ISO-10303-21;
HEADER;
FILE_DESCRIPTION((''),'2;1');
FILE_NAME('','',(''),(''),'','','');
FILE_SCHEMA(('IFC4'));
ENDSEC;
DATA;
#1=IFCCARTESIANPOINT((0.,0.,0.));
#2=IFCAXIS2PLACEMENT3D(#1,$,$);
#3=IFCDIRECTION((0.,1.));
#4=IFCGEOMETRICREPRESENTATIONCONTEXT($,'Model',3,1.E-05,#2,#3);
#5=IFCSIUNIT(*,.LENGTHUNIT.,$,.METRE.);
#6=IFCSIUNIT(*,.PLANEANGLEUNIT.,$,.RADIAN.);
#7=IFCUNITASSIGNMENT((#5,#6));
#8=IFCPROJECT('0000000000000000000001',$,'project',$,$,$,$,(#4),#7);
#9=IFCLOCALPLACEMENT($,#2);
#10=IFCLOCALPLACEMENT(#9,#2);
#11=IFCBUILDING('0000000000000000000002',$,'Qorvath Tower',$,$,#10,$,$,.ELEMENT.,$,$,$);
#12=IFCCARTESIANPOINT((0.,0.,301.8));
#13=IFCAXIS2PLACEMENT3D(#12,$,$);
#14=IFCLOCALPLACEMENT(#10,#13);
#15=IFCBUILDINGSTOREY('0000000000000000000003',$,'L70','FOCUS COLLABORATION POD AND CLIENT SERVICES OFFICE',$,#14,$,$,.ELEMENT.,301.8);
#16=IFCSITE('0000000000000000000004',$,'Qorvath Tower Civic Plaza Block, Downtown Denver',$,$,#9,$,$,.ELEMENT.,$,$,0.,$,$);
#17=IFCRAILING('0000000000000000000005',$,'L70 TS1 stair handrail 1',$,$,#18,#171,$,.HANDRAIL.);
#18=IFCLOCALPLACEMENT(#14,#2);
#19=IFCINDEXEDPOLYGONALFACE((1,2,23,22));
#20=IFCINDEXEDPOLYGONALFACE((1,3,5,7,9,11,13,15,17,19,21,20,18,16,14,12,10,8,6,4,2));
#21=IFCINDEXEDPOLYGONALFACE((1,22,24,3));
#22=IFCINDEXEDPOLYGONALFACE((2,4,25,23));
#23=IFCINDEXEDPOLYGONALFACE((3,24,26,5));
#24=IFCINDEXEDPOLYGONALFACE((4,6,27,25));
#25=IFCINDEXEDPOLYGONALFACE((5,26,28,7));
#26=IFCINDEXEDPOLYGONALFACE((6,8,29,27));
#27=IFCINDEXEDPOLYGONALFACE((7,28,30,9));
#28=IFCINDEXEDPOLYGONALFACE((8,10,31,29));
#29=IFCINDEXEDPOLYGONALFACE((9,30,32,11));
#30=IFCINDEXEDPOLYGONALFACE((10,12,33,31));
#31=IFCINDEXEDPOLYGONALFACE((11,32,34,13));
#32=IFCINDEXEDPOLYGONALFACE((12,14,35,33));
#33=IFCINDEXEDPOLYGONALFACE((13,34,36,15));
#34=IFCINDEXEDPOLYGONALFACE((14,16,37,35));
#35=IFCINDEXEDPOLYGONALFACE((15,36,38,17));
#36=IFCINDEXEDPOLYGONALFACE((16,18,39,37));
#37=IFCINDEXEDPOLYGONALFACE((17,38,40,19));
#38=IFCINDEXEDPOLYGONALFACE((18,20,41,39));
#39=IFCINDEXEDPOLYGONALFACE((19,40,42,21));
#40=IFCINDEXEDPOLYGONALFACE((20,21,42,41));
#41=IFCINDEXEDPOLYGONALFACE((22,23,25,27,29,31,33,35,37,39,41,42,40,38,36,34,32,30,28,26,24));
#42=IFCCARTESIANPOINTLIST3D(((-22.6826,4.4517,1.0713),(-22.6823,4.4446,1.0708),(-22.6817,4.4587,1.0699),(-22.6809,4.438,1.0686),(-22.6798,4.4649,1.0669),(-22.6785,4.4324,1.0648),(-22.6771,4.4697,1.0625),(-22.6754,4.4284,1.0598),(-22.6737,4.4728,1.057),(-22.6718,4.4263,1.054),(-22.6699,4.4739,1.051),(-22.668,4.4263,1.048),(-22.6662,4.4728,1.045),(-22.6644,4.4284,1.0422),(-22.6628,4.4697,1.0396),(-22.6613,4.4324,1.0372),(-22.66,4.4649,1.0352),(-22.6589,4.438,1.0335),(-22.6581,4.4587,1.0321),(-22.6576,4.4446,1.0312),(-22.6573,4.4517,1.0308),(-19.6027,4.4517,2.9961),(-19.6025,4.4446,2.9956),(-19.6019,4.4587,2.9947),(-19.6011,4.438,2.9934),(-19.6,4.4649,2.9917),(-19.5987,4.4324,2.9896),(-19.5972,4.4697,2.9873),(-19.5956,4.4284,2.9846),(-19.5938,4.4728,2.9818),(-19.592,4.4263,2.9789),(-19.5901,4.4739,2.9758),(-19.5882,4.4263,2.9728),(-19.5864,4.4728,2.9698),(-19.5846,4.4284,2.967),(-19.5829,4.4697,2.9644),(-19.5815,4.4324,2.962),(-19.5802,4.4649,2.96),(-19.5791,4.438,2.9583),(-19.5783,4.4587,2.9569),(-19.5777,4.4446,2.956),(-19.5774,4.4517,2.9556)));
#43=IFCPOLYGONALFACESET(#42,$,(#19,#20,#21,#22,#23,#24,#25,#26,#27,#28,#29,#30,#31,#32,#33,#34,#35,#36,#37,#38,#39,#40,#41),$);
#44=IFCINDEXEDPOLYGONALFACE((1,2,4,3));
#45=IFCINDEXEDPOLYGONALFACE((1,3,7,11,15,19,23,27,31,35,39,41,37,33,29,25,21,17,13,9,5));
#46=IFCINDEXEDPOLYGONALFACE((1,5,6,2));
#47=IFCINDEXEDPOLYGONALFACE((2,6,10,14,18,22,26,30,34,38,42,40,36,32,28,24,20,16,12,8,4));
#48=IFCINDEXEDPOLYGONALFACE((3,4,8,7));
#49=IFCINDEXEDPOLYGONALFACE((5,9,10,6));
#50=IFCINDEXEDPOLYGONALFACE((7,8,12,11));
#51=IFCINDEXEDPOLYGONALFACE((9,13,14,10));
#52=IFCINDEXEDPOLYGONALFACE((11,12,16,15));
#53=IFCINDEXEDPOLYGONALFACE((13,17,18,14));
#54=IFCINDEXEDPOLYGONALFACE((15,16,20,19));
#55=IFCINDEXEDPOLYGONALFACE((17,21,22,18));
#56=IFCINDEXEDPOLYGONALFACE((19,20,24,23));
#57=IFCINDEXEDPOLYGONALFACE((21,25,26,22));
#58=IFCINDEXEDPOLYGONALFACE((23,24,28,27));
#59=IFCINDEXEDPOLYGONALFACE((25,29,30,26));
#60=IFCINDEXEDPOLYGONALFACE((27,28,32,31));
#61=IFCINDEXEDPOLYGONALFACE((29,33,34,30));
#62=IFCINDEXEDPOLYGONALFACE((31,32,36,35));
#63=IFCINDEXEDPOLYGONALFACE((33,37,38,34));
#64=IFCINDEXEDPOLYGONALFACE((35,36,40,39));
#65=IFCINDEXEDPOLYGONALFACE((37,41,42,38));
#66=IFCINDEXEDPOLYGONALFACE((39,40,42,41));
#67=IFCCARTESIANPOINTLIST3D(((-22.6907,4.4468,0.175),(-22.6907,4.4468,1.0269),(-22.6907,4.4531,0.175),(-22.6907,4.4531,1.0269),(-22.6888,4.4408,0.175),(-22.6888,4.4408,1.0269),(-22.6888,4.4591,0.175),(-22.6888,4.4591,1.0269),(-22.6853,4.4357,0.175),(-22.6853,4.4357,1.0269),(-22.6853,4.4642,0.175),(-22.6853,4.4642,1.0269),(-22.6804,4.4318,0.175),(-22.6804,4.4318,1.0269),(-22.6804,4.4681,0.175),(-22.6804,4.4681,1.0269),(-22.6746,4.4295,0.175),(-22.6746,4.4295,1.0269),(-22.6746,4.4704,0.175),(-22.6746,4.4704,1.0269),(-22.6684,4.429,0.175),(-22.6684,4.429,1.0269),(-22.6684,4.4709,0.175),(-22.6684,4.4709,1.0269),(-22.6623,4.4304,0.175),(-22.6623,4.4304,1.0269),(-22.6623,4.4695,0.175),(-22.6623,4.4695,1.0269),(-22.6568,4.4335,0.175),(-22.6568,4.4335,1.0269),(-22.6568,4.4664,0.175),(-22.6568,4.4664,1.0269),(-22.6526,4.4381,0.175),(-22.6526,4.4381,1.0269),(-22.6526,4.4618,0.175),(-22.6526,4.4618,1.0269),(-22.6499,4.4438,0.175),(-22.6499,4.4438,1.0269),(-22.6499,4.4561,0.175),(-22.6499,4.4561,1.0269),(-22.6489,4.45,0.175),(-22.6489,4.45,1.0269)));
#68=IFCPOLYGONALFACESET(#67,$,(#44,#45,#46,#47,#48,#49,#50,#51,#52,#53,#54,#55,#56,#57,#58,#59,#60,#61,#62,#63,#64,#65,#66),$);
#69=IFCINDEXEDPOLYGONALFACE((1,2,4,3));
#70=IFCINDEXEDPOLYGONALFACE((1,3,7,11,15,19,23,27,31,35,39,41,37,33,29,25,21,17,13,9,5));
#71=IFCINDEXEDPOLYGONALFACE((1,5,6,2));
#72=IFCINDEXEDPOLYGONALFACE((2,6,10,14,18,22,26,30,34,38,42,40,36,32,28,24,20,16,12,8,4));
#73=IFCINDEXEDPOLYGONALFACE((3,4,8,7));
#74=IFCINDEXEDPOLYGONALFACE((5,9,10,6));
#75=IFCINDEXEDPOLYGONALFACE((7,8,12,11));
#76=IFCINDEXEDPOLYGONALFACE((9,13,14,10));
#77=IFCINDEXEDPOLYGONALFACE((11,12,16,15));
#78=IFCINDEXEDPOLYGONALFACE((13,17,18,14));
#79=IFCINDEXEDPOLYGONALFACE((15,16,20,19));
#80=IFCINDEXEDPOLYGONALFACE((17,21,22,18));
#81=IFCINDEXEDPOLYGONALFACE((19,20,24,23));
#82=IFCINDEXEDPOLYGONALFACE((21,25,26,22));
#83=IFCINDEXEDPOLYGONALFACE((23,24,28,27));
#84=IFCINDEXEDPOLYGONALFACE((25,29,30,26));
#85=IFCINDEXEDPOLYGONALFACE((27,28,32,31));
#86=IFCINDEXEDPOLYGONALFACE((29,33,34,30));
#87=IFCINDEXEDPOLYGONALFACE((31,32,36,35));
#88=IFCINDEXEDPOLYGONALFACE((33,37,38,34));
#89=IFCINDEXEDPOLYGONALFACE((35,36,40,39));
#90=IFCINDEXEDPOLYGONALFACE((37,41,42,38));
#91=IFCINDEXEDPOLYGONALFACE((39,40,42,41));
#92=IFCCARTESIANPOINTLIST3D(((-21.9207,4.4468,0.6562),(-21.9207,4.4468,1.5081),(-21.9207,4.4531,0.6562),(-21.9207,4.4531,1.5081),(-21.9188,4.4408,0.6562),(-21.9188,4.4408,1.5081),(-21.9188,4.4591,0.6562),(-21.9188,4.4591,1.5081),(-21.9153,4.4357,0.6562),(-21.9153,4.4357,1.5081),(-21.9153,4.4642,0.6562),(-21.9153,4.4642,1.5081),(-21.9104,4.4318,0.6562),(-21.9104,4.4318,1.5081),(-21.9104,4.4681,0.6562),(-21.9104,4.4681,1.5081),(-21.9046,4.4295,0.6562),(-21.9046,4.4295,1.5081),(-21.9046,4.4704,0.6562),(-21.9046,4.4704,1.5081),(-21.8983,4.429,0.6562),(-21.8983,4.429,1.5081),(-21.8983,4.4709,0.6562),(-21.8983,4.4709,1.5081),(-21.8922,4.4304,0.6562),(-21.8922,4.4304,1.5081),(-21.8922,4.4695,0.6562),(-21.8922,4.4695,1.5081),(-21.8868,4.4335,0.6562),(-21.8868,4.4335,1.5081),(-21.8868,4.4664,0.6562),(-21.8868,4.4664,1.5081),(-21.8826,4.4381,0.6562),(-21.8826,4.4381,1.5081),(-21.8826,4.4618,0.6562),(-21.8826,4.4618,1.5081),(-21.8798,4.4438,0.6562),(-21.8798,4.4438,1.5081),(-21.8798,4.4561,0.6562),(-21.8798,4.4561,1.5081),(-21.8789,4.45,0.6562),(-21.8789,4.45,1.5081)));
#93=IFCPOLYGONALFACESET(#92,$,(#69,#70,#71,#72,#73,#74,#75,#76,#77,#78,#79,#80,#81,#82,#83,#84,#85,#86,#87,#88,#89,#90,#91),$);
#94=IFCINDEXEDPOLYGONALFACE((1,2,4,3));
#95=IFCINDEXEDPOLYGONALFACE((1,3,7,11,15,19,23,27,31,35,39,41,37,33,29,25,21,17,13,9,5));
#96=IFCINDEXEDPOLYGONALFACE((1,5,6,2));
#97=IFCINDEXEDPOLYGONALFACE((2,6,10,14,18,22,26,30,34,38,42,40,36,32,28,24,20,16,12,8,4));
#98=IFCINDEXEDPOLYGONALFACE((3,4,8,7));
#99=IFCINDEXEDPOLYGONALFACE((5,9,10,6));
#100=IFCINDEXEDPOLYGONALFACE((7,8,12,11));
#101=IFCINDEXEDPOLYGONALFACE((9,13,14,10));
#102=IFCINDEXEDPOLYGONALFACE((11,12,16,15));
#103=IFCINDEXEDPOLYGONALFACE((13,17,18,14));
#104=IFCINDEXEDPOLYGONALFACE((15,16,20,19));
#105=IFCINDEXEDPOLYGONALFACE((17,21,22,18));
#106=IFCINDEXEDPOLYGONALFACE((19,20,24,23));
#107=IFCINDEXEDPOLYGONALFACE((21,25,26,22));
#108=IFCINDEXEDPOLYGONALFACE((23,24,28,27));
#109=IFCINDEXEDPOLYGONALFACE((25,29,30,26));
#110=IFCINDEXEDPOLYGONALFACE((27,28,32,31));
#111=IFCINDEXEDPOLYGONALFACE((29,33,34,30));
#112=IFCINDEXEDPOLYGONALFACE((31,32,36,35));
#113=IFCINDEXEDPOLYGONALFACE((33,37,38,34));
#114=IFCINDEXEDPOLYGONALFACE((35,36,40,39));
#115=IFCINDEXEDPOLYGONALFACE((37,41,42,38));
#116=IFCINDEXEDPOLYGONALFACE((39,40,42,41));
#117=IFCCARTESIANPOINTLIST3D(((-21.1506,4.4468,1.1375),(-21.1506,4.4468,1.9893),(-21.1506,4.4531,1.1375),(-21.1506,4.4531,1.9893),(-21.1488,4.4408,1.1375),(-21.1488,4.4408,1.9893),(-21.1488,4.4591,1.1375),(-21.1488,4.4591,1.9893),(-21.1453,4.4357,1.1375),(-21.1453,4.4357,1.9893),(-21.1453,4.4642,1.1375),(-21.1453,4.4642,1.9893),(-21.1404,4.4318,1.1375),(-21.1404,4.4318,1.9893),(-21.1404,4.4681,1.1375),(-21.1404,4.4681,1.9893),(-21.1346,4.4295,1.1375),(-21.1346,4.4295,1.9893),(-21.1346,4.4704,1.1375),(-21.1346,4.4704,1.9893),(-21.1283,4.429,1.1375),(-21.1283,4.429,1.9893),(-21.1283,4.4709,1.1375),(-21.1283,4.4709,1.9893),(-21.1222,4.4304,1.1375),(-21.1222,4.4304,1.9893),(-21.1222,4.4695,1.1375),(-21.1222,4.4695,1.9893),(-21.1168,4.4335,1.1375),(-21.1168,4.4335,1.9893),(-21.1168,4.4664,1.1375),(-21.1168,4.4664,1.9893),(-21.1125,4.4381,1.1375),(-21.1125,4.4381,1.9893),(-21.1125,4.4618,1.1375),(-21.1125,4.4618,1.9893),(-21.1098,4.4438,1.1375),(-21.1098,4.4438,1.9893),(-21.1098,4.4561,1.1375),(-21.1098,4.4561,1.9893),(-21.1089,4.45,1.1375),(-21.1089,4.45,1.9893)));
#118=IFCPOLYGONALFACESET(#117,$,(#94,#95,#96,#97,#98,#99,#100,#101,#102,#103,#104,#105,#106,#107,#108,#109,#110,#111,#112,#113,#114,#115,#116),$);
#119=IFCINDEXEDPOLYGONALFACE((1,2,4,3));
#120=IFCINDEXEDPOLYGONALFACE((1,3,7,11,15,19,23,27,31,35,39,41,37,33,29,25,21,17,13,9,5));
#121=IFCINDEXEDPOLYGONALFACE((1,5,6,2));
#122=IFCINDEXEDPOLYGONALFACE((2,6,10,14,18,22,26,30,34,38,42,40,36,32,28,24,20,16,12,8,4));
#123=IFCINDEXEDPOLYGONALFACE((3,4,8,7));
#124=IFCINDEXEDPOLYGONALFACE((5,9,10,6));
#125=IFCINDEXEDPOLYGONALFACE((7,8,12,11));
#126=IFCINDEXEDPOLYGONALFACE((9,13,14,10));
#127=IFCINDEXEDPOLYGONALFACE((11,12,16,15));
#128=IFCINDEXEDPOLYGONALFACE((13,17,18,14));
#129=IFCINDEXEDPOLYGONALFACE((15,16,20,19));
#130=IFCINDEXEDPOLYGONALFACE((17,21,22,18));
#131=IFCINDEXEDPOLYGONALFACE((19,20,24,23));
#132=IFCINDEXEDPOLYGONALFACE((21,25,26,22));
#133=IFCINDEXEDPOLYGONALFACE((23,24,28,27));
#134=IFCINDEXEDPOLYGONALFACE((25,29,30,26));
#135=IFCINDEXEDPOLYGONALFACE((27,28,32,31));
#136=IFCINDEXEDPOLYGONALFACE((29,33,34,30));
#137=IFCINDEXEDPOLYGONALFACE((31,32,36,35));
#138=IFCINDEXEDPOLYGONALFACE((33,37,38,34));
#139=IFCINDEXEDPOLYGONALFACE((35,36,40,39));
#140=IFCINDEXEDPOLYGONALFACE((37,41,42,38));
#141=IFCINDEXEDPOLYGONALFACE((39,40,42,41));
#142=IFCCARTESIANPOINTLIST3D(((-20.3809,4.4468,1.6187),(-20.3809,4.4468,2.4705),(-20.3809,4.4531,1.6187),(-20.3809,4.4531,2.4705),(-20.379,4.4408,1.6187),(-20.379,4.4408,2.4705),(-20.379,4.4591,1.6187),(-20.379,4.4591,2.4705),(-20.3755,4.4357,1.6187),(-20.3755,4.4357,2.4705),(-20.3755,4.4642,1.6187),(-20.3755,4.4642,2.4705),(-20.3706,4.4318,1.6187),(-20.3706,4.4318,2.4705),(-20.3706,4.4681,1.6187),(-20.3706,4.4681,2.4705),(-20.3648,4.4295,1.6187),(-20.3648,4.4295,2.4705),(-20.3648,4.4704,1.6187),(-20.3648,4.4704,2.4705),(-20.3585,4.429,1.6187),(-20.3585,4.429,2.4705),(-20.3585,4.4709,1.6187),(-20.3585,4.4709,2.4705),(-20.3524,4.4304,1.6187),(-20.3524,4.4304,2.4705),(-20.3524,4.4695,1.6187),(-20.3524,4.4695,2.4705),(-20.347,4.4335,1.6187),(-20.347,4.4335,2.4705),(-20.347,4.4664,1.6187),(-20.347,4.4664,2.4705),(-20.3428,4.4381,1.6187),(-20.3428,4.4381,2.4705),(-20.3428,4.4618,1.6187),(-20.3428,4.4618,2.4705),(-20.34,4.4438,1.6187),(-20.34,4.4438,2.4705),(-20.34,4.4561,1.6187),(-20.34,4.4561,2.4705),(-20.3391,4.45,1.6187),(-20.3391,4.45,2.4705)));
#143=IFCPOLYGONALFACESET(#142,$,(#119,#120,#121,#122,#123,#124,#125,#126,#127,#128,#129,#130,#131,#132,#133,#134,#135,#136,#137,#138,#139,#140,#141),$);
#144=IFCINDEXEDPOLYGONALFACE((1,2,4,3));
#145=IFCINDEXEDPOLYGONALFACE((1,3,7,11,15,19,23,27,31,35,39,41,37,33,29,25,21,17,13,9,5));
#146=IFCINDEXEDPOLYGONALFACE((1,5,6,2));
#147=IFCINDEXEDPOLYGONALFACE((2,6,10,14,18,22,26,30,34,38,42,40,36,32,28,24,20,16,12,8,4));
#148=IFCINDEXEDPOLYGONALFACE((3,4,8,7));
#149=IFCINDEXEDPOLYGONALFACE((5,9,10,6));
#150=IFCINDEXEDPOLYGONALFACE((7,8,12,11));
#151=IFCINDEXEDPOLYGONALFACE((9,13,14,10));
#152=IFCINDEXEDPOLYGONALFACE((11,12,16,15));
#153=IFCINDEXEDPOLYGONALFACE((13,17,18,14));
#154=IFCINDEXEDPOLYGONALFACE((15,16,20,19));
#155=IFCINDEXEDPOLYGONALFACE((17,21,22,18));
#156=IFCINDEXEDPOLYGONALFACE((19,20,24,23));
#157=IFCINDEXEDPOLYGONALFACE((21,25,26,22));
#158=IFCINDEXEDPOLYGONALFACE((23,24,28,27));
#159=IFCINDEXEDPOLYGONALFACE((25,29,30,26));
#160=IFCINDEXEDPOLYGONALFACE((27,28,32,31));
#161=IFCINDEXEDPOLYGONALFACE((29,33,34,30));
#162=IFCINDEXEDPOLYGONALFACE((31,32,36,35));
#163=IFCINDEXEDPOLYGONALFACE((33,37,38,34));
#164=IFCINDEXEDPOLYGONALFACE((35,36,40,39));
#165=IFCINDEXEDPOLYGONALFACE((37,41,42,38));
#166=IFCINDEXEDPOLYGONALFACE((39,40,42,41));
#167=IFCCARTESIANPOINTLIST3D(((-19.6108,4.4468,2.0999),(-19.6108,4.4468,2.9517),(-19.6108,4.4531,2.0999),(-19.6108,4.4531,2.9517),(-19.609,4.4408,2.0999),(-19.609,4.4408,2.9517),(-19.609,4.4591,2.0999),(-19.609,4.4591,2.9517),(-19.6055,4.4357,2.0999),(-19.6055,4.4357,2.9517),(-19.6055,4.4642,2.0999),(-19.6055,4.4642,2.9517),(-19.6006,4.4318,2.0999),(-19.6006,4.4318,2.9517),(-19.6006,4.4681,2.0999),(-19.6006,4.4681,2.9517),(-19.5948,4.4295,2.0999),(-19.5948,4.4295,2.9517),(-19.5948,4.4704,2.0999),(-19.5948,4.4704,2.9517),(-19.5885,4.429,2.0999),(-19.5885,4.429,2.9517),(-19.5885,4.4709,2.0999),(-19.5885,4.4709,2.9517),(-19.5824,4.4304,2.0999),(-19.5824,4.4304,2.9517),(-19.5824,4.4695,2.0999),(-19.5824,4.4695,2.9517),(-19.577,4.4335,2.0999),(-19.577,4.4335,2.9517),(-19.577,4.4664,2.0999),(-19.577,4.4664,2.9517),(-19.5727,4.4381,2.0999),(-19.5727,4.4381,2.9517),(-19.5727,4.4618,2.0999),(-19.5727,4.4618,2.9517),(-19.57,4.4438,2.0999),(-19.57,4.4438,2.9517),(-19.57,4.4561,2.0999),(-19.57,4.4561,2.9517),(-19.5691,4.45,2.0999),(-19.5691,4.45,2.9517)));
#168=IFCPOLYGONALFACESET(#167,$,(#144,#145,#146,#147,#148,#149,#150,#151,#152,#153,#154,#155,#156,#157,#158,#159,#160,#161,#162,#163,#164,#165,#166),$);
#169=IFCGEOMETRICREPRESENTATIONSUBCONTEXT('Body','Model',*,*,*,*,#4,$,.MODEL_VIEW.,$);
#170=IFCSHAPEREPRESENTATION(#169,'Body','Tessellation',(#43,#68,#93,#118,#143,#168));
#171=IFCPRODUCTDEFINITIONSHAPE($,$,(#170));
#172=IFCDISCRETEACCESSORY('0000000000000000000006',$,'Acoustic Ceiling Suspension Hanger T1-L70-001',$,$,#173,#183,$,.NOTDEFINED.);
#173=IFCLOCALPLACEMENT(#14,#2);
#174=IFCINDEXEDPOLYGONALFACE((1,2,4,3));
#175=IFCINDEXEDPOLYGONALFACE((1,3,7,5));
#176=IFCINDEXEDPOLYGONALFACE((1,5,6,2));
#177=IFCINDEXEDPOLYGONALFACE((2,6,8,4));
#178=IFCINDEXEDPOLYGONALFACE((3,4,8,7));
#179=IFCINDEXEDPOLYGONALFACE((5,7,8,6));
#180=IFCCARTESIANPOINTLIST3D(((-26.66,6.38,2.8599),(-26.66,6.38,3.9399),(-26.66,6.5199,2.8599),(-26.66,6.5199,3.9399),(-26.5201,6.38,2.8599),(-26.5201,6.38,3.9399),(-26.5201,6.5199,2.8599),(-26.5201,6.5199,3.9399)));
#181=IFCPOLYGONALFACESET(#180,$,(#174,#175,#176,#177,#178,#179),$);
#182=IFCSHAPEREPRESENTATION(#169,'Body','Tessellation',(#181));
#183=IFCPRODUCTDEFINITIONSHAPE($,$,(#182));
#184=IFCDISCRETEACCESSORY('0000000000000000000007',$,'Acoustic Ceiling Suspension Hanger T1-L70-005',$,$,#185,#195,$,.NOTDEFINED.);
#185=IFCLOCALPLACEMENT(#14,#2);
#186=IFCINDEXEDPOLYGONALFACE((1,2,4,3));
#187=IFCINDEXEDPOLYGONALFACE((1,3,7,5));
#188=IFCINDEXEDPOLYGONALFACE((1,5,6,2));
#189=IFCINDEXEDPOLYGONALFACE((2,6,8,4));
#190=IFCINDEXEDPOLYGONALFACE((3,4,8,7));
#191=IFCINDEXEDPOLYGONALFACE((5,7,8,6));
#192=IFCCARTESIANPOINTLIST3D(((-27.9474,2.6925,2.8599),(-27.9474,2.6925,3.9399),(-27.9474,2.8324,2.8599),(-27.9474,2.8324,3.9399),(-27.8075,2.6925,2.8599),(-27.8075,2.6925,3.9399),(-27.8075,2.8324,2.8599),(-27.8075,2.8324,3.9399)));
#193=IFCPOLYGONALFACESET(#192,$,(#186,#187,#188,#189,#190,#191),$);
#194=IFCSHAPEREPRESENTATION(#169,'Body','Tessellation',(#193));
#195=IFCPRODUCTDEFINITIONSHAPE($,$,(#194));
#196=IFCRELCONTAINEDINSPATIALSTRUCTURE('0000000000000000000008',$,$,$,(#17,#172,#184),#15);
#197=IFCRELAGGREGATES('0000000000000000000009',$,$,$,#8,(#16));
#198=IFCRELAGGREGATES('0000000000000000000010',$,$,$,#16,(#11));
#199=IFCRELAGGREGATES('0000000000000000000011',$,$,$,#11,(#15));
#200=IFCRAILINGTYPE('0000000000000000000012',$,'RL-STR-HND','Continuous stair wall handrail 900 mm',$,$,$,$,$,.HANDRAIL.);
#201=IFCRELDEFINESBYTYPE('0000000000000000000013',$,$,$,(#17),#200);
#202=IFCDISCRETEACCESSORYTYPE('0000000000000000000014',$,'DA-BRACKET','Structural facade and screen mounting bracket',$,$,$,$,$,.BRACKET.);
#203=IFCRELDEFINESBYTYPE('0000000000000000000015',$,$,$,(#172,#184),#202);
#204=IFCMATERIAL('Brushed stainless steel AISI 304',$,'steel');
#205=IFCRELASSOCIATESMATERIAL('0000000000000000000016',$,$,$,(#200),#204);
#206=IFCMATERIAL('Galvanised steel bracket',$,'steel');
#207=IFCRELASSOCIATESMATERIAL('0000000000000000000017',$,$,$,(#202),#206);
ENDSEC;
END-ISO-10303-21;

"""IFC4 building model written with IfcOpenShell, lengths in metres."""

from ifc_helpers import new_model, si_unit, direction, frame, origin, origin_2d, place, context, subcontext, project, spatial, rectangle, circle, extrude, material, type_object, element, save


model = new_model("IFC4")

# Units and contexts
model_context = context("Model", 3, precision=1e-05, world=origin(), true_north=direction((0.0, 1.0)))
body_context = subcontext(model_context, "Body", "Model", "MODEL_VIEW")
ifc_project = project(units=[si_unit("LENGTHUNIT", "METRE"), si_unit("PLANEANGLEUNIT", "RADIAN")], contexts=[model_context])

# Site, building, storey
site_placement = place(None, origin())
site = spatial("IfcSite", under=ifc_project, at=site_placement, Name="Qorvath Tower Civic Plaza Block, Downtown Denver", CompositionType="ELEMENT", RefElevation=0.0)
building_placement = place(site_placement, origin())
building = spatial("IfcBuilding", under=site, at=building_placement, Name="Qorvath Tower", CompositionType="ELEMENT")
storey_placement = place(building_placement, frame((0.0, 0.0, 301.8)))
storey = spatial("IfcBuildingStorey", under=building, at=storey_placement, Name="L70", Description="FOCUS COLLABORATION POD AND CLIENT SERVICES OFFICE", CompositionType="ELEMENT", Elevation=301.8)

# Railing
ifc_material_1 = material(Name="Brushed stainless steel AISI 304", Category="steel")
railing_type_1 = type_object("IfcRailingType", Name="RL-STR-HND", Description="Continuous stair wall handrail 900 mm", PredefinedType="HANDRAIL", material=ifc_material_1)
railing_1_placement = place(storey_placement, frame((-22.6699, 4.45, 0.175)))
element("IfcRailing", 1, at=railing_1_placement, inside=storey, type_object=railing_type_1, Name="L70 TS1 stair handrail 1", PredefinedType="HANDRAIL", context=body_context, shape_type="SweptSolid", body=[
    extrude(circle(Radius=0.0239, at=origin_2d()), frame((0.0, 0.0, 0.876), z_axis=(0.84801, 0.0, 0.529981), x_axis=(0.0, 1.0, 0.0)), (0.0, 0.0, 1.0), 3.6318),
    extrude(circle(Radius=0.021, at=origin_2d()), origin(), (0.0, 0.0, 1.0), 0.8518),
    extrude(circle(Radius=0.021, at=origin_2d()), frame((0.77, 0.0, 0.4812)), (0.0, 0.0, 1.0), 0.8518),
    extrude(circle(Radius=0.021, at=origin_2d()), frame((1.54, 0.0, 0.9624)), (0.0, 0.0, 1.0), 0.8518),
    extrude(circle(Radius=0.021, at=origin_2d()), frame((2.3098, 0.0, 1.4436)), (0.0, 0.0, 1.0), 0.8518),
    extrude(circle(Radius=0.021, at=origin_2d()), frame((3.0798, 0.0, 1.9248)), (0.0, 0.0, 1.0), 0.8518),
])

# Discrete accessories
ifc_material_2 = material(Name="Galvanised steel bracket", Category="steel")
discrete_accessory_type = type_object("IfcDiscreteAccessoryType", Name="DA-BRACKET", Description="Structural facade and screen mounting bracket", PredefinedType="BRACKET", material=ifc_material_2)
for number, where, z_axis, x_axis, name in (
    (2, (-26.5901, 6.45, 2.8599), (0.0, 0.0, 1.0), (1.0, 0.0, 0.0), "Acoustic Ceiling Suspension Hanger T1-L70-001"),
    (3, (-27.8774, 2.7625, 2.8599), (0.0, 0.0, 1.0), (1.0, 0.0, 0.0), "Acoustic Ceiling Suspension Hanger T1-L70-005"),
):
    element("IfcDiscreteAccessory", number, at=place(storey_placement, frame(where, z_axis=z_axis, x_axis=x_axis)), inside=storey, type_object=discrete_accessory_type, Name=name, PredefinedType="NOTDEFINED", context=body_context, shape_type="SweptSolid", body=[
        extrude(rectangle(XDim=0.1399, YDim=0.1399, at=origin_2d()), origin(), (0.0, 0.0, 1.0), 1.0801),
    ])

save(model, "model.ifc")
